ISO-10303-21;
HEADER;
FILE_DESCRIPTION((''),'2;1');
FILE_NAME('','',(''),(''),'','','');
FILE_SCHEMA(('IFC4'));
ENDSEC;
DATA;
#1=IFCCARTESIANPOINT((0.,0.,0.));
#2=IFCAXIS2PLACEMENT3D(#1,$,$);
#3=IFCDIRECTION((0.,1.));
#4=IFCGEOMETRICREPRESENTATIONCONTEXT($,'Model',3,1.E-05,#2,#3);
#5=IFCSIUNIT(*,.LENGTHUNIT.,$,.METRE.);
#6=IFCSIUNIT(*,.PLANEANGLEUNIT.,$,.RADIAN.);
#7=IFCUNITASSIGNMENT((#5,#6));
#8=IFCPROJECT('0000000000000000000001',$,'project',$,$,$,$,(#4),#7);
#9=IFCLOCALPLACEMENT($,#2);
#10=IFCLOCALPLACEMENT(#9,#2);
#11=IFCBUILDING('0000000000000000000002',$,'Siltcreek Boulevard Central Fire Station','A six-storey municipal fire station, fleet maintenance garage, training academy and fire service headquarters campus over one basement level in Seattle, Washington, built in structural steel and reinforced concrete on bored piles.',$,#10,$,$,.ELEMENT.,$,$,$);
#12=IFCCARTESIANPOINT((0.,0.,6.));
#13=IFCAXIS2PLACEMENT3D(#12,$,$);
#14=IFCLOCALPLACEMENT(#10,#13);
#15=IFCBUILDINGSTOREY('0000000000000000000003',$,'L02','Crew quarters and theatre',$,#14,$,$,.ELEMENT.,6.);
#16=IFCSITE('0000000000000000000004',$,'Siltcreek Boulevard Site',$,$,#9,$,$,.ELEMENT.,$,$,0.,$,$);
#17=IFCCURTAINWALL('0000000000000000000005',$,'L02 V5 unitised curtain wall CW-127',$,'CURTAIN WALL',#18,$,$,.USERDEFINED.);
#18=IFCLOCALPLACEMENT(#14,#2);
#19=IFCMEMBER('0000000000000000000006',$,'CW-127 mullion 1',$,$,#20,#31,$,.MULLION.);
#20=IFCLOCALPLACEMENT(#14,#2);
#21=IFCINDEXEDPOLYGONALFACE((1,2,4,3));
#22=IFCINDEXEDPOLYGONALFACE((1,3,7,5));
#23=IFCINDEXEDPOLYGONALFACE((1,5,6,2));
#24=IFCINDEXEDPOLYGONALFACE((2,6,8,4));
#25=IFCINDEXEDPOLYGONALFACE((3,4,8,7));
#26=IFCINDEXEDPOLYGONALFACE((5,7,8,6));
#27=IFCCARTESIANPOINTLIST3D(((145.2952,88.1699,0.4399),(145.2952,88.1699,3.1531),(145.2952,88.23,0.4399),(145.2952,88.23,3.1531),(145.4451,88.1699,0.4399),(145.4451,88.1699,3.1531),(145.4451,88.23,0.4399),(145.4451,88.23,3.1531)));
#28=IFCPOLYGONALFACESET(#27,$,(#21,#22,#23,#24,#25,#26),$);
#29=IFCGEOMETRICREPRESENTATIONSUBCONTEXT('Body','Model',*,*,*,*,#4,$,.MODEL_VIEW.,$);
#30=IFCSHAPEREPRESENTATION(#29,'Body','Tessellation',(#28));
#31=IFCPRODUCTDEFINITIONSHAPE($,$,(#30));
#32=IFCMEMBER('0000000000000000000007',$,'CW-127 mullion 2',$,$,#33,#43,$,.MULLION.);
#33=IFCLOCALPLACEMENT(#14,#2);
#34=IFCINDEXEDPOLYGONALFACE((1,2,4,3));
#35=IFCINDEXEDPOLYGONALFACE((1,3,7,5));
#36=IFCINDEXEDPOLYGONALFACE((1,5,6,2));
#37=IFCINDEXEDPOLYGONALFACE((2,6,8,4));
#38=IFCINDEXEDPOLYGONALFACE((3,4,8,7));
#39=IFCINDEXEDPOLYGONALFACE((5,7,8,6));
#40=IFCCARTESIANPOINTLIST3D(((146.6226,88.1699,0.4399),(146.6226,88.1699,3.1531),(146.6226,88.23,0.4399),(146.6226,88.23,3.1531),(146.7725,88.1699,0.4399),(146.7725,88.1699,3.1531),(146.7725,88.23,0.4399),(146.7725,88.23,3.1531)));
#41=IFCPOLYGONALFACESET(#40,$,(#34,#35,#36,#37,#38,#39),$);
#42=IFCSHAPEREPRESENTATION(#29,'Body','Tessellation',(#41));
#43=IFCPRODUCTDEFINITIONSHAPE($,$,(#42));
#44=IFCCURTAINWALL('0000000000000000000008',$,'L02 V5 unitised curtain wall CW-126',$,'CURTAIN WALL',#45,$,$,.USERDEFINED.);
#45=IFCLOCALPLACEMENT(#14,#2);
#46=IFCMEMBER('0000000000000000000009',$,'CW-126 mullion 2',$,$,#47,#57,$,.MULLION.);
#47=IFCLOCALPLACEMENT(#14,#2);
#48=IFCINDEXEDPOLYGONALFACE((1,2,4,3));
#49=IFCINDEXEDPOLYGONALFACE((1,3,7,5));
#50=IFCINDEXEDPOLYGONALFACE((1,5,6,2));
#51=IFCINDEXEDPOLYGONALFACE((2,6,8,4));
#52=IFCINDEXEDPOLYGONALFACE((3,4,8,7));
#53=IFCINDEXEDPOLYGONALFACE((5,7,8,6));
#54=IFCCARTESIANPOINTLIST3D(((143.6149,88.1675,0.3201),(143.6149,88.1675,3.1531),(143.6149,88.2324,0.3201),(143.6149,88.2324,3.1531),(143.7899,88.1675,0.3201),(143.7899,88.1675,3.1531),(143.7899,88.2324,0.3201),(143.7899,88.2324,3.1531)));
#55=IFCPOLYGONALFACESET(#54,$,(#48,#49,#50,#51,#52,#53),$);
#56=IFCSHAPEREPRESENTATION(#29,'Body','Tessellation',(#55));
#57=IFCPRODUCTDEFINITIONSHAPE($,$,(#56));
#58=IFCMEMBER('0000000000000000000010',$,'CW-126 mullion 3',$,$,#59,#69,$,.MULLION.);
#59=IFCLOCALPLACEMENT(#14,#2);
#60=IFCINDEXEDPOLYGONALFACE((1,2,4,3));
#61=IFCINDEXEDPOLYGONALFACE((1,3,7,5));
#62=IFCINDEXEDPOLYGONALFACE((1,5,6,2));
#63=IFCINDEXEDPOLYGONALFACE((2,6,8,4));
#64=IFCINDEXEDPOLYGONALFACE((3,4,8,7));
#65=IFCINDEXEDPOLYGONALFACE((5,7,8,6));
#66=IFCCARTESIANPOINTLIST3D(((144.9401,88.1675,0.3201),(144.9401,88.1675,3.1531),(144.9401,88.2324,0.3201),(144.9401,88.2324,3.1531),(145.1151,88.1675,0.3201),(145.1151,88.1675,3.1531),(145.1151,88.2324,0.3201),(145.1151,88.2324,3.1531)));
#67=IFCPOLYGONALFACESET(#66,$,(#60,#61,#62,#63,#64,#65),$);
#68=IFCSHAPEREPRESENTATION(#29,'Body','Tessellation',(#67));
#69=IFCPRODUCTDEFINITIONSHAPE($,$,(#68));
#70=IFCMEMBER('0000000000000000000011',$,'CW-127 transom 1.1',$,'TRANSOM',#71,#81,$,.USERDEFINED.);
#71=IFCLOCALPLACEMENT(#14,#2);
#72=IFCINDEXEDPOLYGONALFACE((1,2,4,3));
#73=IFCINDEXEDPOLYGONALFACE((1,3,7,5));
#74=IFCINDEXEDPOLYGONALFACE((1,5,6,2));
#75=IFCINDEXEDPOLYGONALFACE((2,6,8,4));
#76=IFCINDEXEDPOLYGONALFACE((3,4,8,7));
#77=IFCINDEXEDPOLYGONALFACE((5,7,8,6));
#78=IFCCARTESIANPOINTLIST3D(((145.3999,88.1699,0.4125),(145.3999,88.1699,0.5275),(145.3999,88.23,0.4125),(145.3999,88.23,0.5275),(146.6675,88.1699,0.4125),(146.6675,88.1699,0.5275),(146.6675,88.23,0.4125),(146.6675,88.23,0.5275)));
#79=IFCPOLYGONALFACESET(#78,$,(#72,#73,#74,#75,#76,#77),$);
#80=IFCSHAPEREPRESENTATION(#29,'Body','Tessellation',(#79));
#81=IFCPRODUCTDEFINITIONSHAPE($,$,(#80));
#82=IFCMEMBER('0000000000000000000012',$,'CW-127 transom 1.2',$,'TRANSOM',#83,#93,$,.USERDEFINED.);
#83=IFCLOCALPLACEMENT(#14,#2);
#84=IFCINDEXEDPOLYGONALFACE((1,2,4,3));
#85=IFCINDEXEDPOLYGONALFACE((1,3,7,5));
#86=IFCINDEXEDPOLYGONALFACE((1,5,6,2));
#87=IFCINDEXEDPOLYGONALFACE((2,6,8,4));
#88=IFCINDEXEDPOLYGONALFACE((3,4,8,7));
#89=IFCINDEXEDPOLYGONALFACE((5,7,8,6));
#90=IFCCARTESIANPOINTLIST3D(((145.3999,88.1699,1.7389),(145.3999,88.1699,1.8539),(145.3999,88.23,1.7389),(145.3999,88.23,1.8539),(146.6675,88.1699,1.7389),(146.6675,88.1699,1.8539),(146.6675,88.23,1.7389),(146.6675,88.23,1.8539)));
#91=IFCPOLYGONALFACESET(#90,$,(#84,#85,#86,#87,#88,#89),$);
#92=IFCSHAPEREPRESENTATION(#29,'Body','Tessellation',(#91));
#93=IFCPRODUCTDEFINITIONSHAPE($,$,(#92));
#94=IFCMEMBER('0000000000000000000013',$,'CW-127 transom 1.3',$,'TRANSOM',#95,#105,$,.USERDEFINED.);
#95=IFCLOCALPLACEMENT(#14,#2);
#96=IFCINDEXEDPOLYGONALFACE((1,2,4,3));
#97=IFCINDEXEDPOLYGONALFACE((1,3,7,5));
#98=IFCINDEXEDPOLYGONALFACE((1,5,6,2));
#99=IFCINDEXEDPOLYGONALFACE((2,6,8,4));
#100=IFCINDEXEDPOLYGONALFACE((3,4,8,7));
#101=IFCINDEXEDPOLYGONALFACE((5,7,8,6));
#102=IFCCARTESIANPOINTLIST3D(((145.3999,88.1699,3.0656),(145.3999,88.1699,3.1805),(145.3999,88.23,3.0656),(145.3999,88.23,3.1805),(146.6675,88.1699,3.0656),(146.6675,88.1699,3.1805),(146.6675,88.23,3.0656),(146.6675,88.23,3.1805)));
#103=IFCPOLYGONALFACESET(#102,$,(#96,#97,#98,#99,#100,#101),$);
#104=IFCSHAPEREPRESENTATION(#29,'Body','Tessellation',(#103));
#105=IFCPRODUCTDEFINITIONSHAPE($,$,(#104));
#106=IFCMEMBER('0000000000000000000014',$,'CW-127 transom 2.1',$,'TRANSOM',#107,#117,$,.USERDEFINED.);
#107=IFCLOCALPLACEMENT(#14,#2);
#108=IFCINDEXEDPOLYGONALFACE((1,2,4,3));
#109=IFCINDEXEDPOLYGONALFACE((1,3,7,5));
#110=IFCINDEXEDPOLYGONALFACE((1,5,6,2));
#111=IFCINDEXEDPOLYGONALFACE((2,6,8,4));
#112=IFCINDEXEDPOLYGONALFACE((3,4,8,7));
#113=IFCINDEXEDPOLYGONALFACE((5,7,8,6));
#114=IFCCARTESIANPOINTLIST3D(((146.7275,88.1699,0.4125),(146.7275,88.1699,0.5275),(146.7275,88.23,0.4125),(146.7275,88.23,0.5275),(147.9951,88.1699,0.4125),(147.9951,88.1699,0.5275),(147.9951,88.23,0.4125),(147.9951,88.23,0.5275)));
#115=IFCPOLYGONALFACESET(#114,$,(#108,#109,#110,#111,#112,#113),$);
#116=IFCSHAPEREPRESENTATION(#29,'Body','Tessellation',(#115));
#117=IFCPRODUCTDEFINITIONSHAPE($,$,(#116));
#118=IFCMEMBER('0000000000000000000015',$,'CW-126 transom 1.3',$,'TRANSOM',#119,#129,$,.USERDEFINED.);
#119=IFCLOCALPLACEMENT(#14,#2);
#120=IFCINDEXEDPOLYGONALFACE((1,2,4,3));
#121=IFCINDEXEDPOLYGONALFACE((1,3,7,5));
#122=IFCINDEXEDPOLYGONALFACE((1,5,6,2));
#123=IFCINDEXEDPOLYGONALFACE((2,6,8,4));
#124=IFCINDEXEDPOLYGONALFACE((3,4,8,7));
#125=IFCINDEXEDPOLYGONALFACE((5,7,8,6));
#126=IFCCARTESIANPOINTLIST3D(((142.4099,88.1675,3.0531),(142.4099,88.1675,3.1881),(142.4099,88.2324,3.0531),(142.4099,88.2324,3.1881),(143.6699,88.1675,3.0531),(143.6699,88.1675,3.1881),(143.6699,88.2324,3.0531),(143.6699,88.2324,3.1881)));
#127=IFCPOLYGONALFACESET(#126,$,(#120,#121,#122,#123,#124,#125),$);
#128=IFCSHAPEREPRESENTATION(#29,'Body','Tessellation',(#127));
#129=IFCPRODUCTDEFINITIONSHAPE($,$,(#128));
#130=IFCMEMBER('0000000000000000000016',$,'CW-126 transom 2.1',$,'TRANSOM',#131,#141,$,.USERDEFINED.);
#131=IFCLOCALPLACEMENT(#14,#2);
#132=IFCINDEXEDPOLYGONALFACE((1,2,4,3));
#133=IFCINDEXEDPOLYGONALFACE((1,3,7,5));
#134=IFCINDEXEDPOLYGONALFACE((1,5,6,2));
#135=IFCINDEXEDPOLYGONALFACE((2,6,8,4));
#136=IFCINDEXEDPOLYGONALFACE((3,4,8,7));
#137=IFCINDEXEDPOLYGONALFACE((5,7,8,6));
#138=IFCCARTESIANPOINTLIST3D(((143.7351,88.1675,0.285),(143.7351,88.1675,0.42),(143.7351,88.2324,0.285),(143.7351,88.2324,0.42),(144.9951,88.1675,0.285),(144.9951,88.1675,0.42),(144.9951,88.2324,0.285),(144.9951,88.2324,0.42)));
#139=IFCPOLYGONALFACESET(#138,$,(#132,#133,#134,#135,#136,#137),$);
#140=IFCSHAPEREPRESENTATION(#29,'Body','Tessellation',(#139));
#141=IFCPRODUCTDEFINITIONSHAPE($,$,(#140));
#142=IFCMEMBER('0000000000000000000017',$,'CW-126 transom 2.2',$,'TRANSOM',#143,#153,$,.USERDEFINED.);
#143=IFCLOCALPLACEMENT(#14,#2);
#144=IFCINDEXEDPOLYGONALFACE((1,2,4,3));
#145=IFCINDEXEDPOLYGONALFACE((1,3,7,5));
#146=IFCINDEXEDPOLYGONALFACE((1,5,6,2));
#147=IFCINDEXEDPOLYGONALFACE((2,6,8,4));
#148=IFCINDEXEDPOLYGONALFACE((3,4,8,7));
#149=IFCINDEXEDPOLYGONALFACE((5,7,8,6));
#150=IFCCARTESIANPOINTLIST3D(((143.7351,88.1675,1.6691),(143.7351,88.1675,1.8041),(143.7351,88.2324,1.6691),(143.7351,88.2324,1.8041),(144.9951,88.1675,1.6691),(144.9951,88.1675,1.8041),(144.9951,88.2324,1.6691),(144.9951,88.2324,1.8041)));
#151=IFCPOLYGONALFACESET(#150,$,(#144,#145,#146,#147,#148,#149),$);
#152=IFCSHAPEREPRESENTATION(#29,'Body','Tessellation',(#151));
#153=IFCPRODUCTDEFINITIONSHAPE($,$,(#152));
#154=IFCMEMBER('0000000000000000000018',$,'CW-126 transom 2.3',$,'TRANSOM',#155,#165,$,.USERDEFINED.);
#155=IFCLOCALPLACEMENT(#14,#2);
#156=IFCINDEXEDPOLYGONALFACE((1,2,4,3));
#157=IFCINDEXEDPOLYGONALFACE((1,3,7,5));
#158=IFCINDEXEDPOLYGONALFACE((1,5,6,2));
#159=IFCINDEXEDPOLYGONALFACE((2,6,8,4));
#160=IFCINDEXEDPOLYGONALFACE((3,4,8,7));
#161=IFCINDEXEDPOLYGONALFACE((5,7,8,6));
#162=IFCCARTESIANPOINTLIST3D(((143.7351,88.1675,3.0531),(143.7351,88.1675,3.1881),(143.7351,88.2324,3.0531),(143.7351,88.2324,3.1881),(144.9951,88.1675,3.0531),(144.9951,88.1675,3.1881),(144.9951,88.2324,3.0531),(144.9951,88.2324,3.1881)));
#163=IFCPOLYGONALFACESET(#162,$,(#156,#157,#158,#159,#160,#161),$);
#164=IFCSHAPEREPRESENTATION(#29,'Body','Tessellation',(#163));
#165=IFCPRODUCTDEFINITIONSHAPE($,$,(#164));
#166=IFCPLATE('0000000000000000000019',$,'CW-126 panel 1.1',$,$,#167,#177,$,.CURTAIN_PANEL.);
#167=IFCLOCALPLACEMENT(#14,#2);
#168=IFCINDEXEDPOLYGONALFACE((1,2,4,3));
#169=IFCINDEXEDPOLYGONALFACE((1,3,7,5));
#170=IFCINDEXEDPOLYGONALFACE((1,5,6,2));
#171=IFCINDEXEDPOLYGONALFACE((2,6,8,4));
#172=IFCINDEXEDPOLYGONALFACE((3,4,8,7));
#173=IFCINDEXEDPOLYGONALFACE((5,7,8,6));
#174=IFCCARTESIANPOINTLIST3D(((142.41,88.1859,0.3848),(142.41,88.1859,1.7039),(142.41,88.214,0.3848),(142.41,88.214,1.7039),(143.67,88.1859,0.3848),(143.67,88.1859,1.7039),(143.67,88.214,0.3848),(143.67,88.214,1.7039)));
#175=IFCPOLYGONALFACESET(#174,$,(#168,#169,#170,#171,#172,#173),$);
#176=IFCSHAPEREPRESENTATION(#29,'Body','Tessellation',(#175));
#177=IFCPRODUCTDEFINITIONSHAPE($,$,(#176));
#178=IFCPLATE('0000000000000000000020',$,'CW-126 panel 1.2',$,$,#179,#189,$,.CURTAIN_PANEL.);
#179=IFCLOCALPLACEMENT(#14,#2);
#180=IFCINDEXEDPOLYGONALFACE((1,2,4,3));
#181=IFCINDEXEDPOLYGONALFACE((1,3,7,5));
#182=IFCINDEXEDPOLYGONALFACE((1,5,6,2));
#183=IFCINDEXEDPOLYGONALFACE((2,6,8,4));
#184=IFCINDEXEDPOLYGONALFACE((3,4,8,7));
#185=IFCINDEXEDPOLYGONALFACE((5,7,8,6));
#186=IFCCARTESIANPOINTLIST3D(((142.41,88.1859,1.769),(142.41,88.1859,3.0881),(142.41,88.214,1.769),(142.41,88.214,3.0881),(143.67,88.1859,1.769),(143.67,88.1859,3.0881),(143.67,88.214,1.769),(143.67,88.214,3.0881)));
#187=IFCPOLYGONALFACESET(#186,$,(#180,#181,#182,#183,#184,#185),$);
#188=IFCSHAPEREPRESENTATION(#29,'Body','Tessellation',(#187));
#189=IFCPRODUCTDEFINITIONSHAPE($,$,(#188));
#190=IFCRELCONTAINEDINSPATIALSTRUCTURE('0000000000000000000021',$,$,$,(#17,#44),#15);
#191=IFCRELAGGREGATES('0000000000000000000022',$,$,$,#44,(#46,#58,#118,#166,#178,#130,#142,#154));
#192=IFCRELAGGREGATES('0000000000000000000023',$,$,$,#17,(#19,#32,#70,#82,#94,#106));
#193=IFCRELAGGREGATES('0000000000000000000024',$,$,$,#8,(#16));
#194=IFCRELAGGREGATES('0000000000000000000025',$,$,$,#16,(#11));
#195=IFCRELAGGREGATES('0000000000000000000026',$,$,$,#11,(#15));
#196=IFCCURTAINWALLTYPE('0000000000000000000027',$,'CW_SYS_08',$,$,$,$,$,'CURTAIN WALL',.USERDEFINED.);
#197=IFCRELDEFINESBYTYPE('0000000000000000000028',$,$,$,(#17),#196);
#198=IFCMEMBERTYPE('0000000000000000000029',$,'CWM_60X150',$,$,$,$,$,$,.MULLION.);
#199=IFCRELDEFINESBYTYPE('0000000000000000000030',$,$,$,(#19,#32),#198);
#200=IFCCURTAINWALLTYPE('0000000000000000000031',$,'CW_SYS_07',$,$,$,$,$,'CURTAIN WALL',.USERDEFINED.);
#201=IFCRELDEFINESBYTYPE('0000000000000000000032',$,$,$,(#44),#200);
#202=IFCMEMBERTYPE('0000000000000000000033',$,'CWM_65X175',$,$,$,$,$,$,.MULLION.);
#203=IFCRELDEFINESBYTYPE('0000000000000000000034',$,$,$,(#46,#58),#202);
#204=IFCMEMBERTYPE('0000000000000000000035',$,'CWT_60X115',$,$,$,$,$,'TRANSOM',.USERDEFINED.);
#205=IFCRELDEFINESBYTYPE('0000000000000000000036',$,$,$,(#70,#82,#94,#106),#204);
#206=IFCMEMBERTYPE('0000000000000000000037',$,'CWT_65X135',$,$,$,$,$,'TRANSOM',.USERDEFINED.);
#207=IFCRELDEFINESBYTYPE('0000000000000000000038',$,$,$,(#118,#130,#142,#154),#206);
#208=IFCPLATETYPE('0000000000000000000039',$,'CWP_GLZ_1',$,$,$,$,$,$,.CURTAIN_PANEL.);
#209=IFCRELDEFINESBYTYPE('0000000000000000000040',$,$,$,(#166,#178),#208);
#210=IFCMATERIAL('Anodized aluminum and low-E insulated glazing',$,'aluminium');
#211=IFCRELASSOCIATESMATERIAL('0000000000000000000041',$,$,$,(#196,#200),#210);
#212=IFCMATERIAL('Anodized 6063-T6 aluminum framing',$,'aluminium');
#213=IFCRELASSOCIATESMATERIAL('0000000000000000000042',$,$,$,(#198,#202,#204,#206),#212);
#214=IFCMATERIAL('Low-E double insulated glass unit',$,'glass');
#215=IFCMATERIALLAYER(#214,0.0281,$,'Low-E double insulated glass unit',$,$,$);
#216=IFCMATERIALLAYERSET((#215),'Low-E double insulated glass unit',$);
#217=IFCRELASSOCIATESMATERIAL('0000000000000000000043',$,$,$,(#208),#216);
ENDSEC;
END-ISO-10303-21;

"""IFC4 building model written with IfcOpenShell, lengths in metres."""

from ifc_helpers import new_model, si_unit, direction, frame, origin, origin_2d, place, context, subcontext, project, spatial, rectangle, extrude, material, layer, layer_set, material_profile, profile_set, type_object, element, aggregate, save


model = new_model("IFC4")

# Units and contexts
model_context = context("Model", 3, precision=1e-05, world=origin(), true_north=direction((0.0, 1.0)))
body_context = subcontext(model_context, "Body", "Model", "MODEL_VIEW")
ifc_project = project(units=[si_unit("LENGTHUNIT", "METRE"), si_unit("PLANEANGLEUNIT", "RADIAN")], contexts=[model_context])

# Site, building, storey
site_placement = place(None, origin())
site = spatial("IfcSite", under=ifc_project, at=site_placement, Name="Siltcreek Boulevard Site", CompositionType="ELEMENT", RefElevation=0.0)
building_placement = place(site_placement, origin())
building = spatial("IfcBuilding", under=site, at=building_placement, Name="Siltcreek Boulevard Central Fire Station", Description="A six-storey municipal fire station, fleet maintenance garage, training academy and fire service headquarters campus over one basement level in Seattle, Washington, built in structural steel and reinforced concrete on bored piles.", CompositionType="ELEMENT")
storey_placement = place(building_placement, frame((0.0, 0.0, 6.0)))
storey = spatial("IfcBuildingStorey", under=building, at=storey_placement, Name="L02", Description="Crew quarters and theatre", CompositionType="ELEMENT", Elevation=6.0)

# Curtain walls, members
ifc_material_1 = material(Name="Anodized aluminum and low-E insulated glazing", Category="aluminium")
curtain_wall_type_1 = type_object("IfcCurtainWallType", Name="CW_SYS_08", ElementType="CURTAIN WALL", PredefinedType="USERDEFINED", material=ifc_material_1)
curtain_wall_1_placement = place(storey_placement, origin())
curtain_wall_1 = element("IfcCurtainWall", 1, at=curtain_wall_1_placement, inside=storey, type_object=curtain_wall_type_1, Name="L02 V5 unitised curtain wall CW-127", ObjectType="CURTAIN WALL", PredefinedType="USERDEFINED")
ifc_material_2 = material(Name="Anodized 6063-T6 aluminum framing", Category="aluminium")
ifc_material_profile_1 = material_profile(ifc_material_2, rectangle(XDim=0.0601, YDim=0.1499, at=origin_2d()), Name="MULL60X150")
ifc_profile_set_1 = profile_set([ifc_material_profile_1], Name="Anodized 6063-T6 aluminum framing")
member_type_1 = type_object("IfcMemberType", Name="CWM_60X150", PredefinedType="MULLION", material=ifc_profile_set_1)
member_1_placement = place(storey_placement, frame((145.3701, 88.2, 0.4399), z_axis=(0.0, 0.0, 1.0), x_axis=(0.0, 1.0, 0.0)))
member_1 = element("IfcMember", 2, at=member_1_placement, type_object=member_type_1, Name="CW-127 mullion 1", PredefinedType="MULLION", context=body_context, shape_type="SweptSolid", body=[
    extrude(rectangle(XDim=0.0601, YDim=0.1499, at=origin_2d()), origin(), (0.0, 0.0, 1.0), 2.7131),
])
member_2_placement = place(storey_placement, frame((146.6975, 88.2, 0.4399), z_axis=(0.0, 0.0, 1.0), x_axis=(0.0, 1.0, 0.0)))
member_2 = element("IfcMember", 3, at=member_2_placement, type_object=member_type_1, Name="CW-127 mullion 2", PredefinedType="MULLION", context=body_context, shape_type="SweptSolid", body=[
    extrude(rectangle(XDim=0.0601, YDim=0.1499, at=origin_2d()), origin(), (0.0, 0.0, 1.0), 2.7131),
])
curtain_wall_type_2 = type_object("IfcCurtainWallType", Name="CW_SYS_07", ElementType="CURTAIN WALL", PredefinedType="USERDEFINED", material=ifc_material_1)
curtain_wall_2_placement = place(storey_placement, origin())
curtain_wall_2 = element("IfcCurtainWall", 4, at=curtain_wall_2_placement, inside=storey, type_object=curtain_wall_type_2, Name="L02 V5 unitised curtain wall CW-126", ObjectType="CURTAIN WALL", PredefinedType="USERDEFINED")
ifc_material_profile_2 = material_profile(ifc_material_2, rectangle(XDim=0.0649, YDim=0.175, at=origin_2d()), Name="MULL65X175")
ifc_profile_set_2 = profile_set([ifc_material_profile_2], Name="Anodized 6063-T6 aluminum framing")
member_type_2 = type_object("IfcMemberType", Name="CWM_65X175", PredefinedType="MULLION", material=ifc_profile_set_2)
member_3_placement = place(storey_placement, frame((143.7024, 88.2, 0.3201), z_axis=(0.0, 0.0, 1.0), x_axis=(0.0, 1.0, 0.0)))
member_3 = element("IfcMember", 5, at=member_3_placement, type_object=member_type_2, Name="CW-126 mullion 2", PredefinedType="MULLION", context=body_context, shape_type="SweptSolid", body=[
    extrude(rectangle(XDim=0.0649, YDim=0.175, at=origin_2d()), origin(), (0.0, 0.0, 1.0), 2.833),
])
member_4_placement = place(storey_placement, frame((145.0276, 88.2, 0.3201), z_axis=(0.0, 0.0, 1.0), x_axis=(0.0, 1.0, 0.0)))
member_4 = element("IfcMember", 6, at=member_4_placement, type_object=member_type_2, Name="CW-126 mullion 3", PredefinedType="MULLION", context=body_context, shape_type="SweptSolid", body=[
    extrude(rectangle(XDim=0.0649, YDim=0.175, at=origin_2d()), origin(), (0.0, 0.0, 1.0), 2.833),
])

# Members
ifc_material_profile_3 = material_profile(ifc_material_2, rectangle(XDim=0.0601, YDim=0.115, at=origin_2d()), Name="TRAN60X115")
ifc_profile_set_3 = profile_set([ifc_material_profile_3], Name="Anodized 6063-T6 aluminum framing")
member_type_3 = type_object("IfcMemberType", Name="CWT_60X115", ElementType="TRANSOM", PredefinedType="USERDEFINED", material=ifc_profile_set_3)
member_5_placement = place(storey_placement, frame((145.3999, 88.2, 0.47), z_axis=(1.0, 0.0, 0.0), x_axis=(0.0, 1.0, 0.0)))
member_5 = element("IfcMember", 7, at=member_5_placement, type_object=member_type_3, Name="CW-127 transom 1.1", ObjectType="TRANSOM", PredefinedType="USERDEFINED", context=body_context, shape_type="SweptSolid", body=[
    extrude(rectangle(XDim=0.0601, YDim=0.115, at=origin_2d()), origin(), (0.0, 0.0, 1.0), 1.2676),
])
member_6_placement = place(storey_placement, frame((145.3999, 88.2, 1.7964), z_axis=(1.0, 0.0, 0.0), x_axis=(0.0, 1.0, 0.0)))
member_6 = element("IfcMember", 8, at=member_6_placement, type_object=member_type_3, Name="CW-127 transom 1.2", ObjectType="TRANSOM", PredefinedType="USERDEFINED", context=body_context, shape_type="SweptSolid", body=[
    extrude(rectangle(XDim=0.0601, YDim=0.115, at=origin_2d()), origin(), (0.0, 0.0, 1.0), 1.2676),
])
member_7_placement = place(storey_placement, frame((145.3999, 88.2, 3.123), z_axis=(1.0, 0.0, 0.0), x_axis=(0.0, 1.0, 0.0)))
member_7 = element("IfcMember", 9, at=member_7_placement, type_object=member_type_3, Name="CW-127 transom 1.3", ObjectType="TRANSOM", PredefinedType="USERDEFINED", context=body_context, shape_type="SweptSolid", body=[
    extrude(rectangle(XDim=0.0601, YDim=0.115, at=origin_2d()), origin(), (0.0, 0.0, 1.0), 1.2676),
])
member_8_placement = place(storey_placement, frame((146.7275, 88.2, 0.47), z_axis=(1.0, 0.0, 0.0), x_axis=(0.0, 1.0, 0.0)))
member_8 = element("IfcMember", 10, at=member_8_placement, type_object=member_type_3, Name="CW-127 transom 2.1", ObjectType="TRANSOM", PredefinedType="USERDEFINED", context=body_context, shape_type="SweptSolid", body=[
    extrude(rectangle(XDim=0.0601, YDim=0.115, at=origin_2d()), origin(), (0.0, 0.0, 1.0), 1.2676),
])
ifc_material_profile_4 = material_profile(ifc_material_2, rectangle(XDim=0.0649, YDim=0.135, at=origin_2d()), Name="TRAN65X135")
ifc_profile_set_4 = profile_set([ifc_material_profile_4], Name="Anodized 6063-T6 aluminum framing")
member_type_4 = type_object("IfcMemberType", Name="CWT_65X135", ElementType="TRANSOM", PredefinedType="USERDEFINED", material=ifc_profile_set_4)
member_9_placement = place(storey_placement, frame((142.4099, 88.2, 3.1206), z_axis=(1.0, 0.0, 0.0), x_axis=(0.0, 1.0, 0.0)))
member_9 = element("IfcMember", 11, at=member_9_placement, type_object=member_type_4, Name="CW-126 transom 1.3", ObjectType="TRANSOM", PredefinedType="USERDEFINED", context=body_context, shape_type="SweptSolid", body=[
    extrude(rectangle(XDim=0.0649, YDim=0.135, at=origin_2d()), origin(), (0.0, 0.0, 1.0), 1.26),
])
member_10_placement = place(storey_placement, frame((143.7351, 88.2, 0.3525), z_axis=(1.0, 0.0, 0.0), x_axis=(0.0, 1.0, 0.0)))
member_10 = element("IfcMember", 12, at=member_10_placement, type_object=member_type_4, Name="CW-126 transom 2.1", ObjectType="TRANSOM", PredefinedType="USERDEFINED", context=body_context, shape_type="SweptSolid", body=[
    extrude(rectangle(XDim=0.0649, YDim=0.135, at=origin_2d()), origin(), (0.0, 0.0, 1.0), 1.26),
])
member_11_placement = place(storey_placement, frame((143.7351, 88.2, 1.7366), z_axis=(1.0, 0.0, 0.0), x_axis=(0.0, 1.0, 0.0)))
member_11 = element("IfcMember", 13, at=member_11_placement, type_object=member_type_4, Name="CW-126 transom 2.2", ObjectType="TRANSOM", PredefinedType="USERDEFINED", context=body_context, shape_type="SweptSolid", body=[
    extrude(rectangle(XDim=0.0649, YDim=0.135, at=origin_2d()), origin(), (0.0, 0.0, 1.0), 1.26),
])
member_12_placement = place(storey_placement, frame((143.7351, 88.2, 3.1206), z_axis=(1.0, 0.0, 0.0), x_axis=(0.0, 1.0, 0.0)))
member_12 = element("IfcMember", 14, at=member_12_placement, type_object=member_type_4, Name="CW-126 transom 2.3", ObjectType="TRANSOM", PredefinedType="USERDEFINED", context=body_context, shape_type="SweptSolid", body=[
    extrude(rectangle(XDim=0.0649, YDim=0.135, at=origin_2d()), origin(), (0.0, 0.0, 1.0), 1.26),
])

# Plates
ifc_material_3 = material(Name="Low-E double insulated glass unit", Category="glass")
ifc_layer_1 = layer(ifc_material_3, 0.0281, Name="Low-E double insulated glass unit")
ifc_layer_set_1 = layer_set([ifc_layer_1], Name="Low-E double insulated glass unit")
plate_type_1 = type_object("IfcPlateType", Name="CWP_GLZ_1", PredefinedType="CURTAIN_PANEL", material=ifc_layer_set_1)
plate_1_placement = place(storey_placement, frame((143.04, 88.2, 0.3848), z_axis=(0.0, 0.0, 1.0), x_axis=(1.0, 0.0, 0.0)))
plate_1 = element("IfcPlate", 15, at=plate_1_placement, type_object=plate_type_1, Name="CW-126 panel 1.1", PredefinedType="CURTAIN_PANEL", context=body_context, shape_type="SweptSolid", body=[
    extrude(rectangle(XDim=1.26, YDim=0.0281, at=origin_2d()), origin(), (0.0, 0.0, 1.0), 1.3191),
])
plate_2_placement = place(storey_placement, frame((143.04, 88.2, 1.769), z_axis=(0.0, 0.0, 1.0), x_axis=(1.0, 0.0, 0.0)))
plate_2 = element("IfcPlate", 16, at=plate_2_placement, type_object=plate_type_1, Name="CW-126 panel 1.2", PredefinedType="CURTAIN_PANEL", context=body_context, shape_type="SweptSolid", body=[
    extrude(rectangle(XDim=1.26, YDim=0.0281, at=origin_2d()), origin(), (0.0, 0.0, 1.0), 1.3191),
])
aggregate(curtain_wall_2, [member_3, member_4, member_9, plate_1, plate_2, member_10, member_11, member_12])
aggregate(curtain_wall_1, [member_1, member_2, member_5, member_6, member_7, member_8])

save(model, "model.ifc")
